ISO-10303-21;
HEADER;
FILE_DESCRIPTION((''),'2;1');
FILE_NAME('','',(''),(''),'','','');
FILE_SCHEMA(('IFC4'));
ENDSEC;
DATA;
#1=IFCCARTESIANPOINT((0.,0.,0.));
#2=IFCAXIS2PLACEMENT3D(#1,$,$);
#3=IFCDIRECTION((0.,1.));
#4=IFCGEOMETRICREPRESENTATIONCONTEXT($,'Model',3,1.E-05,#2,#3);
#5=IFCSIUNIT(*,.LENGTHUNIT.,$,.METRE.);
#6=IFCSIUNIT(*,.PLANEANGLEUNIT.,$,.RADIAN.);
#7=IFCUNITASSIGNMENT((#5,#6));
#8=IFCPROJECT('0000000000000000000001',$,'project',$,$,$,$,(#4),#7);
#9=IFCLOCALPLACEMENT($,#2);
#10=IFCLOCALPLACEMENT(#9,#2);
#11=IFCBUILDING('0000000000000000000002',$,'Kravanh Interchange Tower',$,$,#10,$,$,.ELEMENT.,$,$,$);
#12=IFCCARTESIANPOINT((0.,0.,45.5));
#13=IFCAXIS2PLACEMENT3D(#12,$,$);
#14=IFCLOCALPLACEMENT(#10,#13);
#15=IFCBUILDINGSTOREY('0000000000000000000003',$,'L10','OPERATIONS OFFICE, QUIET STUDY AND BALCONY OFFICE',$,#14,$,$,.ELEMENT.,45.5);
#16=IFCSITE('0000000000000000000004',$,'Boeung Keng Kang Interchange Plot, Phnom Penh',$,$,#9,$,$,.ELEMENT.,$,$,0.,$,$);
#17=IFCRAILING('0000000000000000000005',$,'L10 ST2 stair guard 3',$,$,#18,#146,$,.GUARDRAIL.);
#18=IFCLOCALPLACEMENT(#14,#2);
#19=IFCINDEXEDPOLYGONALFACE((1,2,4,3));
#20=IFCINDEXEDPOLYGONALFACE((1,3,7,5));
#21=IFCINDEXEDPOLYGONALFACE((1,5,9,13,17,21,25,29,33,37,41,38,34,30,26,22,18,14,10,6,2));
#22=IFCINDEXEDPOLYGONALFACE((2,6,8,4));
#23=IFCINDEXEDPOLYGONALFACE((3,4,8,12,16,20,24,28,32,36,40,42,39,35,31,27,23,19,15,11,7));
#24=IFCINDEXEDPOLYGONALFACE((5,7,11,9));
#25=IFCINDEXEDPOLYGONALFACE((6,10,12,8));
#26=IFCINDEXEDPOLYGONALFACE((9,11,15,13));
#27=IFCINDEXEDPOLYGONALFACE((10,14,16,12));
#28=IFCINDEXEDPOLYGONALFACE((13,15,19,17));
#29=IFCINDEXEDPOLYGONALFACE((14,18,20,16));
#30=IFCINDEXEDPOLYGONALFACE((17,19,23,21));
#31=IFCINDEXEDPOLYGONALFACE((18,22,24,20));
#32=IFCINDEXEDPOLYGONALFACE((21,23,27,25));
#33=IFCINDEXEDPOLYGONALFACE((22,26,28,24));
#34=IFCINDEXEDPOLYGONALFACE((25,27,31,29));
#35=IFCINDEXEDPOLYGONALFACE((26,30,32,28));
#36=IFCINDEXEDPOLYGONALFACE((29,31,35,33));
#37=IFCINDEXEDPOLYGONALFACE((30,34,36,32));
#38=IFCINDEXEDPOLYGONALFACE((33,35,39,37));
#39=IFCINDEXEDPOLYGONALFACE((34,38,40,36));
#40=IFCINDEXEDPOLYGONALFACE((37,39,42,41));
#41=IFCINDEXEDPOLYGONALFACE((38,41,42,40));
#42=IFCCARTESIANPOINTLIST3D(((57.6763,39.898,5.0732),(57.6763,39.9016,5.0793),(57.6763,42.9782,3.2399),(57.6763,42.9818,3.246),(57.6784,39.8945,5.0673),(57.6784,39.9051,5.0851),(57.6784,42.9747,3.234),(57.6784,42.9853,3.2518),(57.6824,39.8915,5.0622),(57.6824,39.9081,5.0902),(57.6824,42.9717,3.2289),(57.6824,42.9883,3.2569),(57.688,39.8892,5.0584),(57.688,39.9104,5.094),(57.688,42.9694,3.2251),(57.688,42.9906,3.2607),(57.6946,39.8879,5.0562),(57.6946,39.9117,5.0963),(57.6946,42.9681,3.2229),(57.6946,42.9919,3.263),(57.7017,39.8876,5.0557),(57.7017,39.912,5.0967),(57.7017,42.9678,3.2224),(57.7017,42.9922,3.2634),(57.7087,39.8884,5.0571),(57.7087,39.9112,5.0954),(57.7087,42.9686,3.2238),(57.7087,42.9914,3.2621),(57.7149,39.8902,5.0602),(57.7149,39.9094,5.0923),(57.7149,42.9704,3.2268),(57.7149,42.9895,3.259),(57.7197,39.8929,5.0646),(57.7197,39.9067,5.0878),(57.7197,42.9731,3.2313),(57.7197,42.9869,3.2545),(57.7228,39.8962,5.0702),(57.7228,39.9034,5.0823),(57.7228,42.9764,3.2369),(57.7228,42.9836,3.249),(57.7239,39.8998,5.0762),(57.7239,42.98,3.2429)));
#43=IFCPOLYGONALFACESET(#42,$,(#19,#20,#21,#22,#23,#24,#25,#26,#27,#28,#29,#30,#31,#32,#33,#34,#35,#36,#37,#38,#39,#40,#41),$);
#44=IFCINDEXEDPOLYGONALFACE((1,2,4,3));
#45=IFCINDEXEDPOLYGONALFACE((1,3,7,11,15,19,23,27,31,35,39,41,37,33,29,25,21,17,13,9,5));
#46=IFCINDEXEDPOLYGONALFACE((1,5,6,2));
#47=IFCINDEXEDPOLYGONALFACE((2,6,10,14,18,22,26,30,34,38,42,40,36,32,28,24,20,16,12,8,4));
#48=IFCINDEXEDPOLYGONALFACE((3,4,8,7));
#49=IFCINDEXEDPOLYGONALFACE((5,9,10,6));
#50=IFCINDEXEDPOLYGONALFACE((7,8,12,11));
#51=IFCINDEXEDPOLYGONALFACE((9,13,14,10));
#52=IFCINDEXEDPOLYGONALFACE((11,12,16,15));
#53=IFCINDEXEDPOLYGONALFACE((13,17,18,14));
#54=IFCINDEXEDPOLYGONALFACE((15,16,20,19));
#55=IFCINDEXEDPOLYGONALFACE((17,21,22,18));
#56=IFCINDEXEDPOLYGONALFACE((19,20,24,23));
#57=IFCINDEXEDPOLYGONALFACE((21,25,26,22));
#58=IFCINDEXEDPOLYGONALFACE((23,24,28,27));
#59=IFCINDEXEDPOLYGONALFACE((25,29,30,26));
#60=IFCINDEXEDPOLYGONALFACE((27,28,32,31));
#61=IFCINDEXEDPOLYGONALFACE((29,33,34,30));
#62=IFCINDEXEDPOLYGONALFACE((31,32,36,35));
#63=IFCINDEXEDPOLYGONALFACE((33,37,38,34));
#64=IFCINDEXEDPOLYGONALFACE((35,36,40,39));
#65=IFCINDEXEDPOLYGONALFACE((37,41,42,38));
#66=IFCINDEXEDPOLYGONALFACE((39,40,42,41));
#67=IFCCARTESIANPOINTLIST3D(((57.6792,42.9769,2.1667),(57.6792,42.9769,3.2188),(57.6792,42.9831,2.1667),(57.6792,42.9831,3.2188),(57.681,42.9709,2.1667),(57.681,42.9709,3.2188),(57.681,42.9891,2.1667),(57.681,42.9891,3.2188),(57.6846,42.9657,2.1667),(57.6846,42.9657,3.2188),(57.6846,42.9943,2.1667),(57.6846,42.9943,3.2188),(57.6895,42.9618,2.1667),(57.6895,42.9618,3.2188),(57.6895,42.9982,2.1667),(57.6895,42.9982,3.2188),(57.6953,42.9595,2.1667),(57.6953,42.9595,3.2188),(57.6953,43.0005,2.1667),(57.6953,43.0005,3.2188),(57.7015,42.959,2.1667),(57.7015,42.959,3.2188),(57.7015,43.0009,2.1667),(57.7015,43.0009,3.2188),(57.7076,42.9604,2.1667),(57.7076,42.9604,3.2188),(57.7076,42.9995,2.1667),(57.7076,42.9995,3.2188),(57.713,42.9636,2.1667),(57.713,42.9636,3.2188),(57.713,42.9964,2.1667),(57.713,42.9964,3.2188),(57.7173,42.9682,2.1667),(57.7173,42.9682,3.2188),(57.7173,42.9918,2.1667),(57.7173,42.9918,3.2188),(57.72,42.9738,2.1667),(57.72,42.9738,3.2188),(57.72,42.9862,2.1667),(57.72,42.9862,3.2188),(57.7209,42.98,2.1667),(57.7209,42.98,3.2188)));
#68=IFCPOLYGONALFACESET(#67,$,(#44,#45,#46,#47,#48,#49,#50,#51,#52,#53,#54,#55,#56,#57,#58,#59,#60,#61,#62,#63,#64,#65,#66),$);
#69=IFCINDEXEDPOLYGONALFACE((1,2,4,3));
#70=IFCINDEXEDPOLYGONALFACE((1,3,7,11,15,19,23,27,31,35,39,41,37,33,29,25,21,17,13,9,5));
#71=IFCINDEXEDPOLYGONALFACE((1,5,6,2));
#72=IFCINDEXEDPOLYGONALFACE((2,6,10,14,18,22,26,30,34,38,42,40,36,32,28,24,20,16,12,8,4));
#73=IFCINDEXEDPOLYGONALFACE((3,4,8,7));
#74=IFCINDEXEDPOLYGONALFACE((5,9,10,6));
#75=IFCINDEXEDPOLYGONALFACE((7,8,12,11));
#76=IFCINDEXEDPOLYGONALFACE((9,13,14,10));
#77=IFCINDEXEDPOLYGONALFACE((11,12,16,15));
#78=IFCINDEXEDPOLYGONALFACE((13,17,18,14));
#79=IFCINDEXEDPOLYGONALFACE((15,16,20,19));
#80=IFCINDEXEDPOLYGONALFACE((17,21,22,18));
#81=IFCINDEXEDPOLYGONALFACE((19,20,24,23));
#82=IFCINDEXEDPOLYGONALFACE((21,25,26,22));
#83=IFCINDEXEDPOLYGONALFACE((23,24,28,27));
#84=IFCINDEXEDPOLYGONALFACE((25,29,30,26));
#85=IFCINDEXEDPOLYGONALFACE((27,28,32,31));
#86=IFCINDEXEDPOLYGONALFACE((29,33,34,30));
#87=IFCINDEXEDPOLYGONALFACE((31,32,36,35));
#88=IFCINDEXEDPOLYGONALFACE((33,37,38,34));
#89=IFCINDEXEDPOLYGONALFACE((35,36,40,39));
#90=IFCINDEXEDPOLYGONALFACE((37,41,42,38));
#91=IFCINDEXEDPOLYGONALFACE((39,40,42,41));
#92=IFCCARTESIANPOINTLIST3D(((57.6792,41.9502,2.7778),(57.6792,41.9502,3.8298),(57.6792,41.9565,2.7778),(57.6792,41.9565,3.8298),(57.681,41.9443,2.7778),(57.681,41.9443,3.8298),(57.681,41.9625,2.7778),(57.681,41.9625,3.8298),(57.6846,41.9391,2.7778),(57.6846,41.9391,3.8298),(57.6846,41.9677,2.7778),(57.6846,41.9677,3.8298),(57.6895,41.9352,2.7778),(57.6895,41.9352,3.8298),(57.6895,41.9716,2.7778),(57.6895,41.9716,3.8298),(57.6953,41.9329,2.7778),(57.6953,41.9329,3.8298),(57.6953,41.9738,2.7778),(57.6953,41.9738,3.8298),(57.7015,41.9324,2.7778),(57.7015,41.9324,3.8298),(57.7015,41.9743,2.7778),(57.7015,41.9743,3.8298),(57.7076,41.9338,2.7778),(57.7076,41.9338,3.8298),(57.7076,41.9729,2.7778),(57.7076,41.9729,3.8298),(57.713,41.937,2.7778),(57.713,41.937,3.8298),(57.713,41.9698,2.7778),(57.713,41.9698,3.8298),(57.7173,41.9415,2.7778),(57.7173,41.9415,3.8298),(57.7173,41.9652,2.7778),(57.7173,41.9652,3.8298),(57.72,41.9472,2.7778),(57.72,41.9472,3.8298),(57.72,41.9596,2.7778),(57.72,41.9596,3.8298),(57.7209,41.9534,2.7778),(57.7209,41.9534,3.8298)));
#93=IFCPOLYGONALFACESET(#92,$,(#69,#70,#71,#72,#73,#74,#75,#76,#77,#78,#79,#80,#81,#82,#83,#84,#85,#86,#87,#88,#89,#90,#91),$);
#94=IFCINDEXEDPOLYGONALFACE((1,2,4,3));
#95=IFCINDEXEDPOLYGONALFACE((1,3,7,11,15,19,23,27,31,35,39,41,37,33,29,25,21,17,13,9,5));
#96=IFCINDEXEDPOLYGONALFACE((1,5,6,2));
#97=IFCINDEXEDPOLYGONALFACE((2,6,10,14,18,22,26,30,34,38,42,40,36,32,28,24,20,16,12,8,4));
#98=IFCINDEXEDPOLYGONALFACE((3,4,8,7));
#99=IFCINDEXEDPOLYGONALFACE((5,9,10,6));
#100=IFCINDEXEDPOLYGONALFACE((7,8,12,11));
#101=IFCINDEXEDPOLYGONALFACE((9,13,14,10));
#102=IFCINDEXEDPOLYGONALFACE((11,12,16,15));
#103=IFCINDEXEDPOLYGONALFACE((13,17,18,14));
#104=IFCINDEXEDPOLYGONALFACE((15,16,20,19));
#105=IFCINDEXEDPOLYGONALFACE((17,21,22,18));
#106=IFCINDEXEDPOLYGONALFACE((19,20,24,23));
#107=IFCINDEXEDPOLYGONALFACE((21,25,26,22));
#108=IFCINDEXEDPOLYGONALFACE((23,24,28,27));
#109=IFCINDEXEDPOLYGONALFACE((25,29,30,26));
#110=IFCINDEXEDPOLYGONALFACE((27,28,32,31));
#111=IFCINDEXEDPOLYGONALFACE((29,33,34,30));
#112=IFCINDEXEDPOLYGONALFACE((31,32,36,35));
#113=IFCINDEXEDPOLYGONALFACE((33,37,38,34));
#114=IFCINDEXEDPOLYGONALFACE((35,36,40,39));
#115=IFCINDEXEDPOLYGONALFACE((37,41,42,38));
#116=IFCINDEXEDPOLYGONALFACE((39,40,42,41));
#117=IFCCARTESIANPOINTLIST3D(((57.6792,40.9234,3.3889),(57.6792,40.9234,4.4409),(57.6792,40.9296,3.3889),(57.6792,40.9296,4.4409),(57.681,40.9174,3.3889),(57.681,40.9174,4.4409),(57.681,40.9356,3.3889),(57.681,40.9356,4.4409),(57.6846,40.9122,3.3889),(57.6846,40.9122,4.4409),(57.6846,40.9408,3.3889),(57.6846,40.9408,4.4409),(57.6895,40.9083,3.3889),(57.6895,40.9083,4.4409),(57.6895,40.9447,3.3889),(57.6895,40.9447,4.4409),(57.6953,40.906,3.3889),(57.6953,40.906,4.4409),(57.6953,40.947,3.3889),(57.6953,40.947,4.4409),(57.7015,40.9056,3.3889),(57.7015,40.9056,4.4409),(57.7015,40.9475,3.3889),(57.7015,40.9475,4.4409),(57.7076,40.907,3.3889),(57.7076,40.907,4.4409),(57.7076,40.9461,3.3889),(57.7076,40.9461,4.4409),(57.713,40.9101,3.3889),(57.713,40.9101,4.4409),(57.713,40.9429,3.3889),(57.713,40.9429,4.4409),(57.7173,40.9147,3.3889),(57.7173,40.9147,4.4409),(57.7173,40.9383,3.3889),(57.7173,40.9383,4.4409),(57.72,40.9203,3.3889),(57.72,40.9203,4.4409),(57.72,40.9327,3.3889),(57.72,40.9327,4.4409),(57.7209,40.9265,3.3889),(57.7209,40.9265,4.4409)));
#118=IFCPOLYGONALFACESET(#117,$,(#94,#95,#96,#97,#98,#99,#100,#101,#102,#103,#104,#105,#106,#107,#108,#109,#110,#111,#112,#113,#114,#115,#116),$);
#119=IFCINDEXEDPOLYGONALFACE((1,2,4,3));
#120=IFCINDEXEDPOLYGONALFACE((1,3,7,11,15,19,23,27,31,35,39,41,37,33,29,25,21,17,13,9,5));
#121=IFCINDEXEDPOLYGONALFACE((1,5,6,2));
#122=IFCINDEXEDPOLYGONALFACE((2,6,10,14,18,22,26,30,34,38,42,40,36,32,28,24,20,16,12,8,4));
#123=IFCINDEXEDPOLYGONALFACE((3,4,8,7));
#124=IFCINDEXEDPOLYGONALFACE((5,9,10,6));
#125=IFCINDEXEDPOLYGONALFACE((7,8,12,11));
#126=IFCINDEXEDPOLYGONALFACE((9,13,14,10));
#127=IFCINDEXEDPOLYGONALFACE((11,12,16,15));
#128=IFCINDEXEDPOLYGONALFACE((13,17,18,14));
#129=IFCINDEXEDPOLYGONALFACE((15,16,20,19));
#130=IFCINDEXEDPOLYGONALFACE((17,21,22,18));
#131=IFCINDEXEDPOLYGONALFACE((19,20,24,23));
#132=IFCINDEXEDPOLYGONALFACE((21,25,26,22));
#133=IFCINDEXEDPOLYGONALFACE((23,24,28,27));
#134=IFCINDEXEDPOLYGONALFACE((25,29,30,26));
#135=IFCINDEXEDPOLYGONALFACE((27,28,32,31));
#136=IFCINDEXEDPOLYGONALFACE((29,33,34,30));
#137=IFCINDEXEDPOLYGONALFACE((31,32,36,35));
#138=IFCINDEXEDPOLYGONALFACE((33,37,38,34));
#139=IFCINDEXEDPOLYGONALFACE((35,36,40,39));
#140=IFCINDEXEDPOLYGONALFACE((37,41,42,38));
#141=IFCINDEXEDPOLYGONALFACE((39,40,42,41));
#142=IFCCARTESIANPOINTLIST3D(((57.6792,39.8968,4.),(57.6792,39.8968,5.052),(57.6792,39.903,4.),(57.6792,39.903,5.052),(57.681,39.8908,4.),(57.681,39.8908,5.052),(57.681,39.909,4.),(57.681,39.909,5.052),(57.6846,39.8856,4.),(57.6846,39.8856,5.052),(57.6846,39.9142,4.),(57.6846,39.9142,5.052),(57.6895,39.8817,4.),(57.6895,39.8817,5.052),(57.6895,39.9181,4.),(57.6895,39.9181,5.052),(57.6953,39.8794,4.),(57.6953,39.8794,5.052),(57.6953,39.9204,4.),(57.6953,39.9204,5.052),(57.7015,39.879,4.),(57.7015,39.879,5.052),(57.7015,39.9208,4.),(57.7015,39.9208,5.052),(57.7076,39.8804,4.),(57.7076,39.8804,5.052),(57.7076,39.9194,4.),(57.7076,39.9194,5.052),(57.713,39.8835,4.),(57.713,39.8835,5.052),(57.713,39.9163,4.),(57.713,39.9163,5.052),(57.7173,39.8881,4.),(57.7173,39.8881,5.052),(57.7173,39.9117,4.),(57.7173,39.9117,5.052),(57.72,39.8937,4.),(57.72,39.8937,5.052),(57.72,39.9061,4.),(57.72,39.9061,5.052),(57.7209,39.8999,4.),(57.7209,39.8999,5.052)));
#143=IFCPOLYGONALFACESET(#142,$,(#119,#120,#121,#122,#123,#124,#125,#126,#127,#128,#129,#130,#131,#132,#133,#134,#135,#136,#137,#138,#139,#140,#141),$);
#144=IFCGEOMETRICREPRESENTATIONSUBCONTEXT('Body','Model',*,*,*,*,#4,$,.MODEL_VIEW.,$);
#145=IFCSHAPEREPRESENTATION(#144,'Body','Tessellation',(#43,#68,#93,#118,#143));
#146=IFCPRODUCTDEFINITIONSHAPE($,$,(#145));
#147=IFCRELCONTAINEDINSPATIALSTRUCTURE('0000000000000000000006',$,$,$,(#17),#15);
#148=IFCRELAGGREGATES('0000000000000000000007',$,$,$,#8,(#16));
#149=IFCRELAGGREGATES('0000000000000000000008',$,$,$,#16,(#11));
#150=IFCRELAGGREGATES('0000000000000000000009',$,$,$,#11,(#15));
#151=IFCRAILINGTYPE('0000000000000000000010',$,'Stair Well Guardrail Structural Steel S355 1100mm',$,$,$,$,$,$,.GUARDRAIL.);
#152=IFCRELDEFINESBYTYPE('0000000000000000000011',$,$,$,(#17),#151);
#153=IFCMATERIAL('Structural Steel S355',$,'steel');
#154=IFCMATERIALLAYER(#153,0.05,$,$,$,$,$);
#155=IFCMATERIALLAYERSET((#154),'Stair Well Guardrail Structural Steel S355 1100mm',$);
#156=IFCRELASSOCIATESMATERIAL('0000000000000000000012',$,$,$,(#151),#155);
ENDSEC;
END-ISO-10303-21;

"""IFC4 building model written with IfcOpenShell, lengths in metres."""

from ifc_helpers import new_model, si_unit, direction, frame, origin, origin_2d, place, context, subcontext, project, spatial, circle, extrude, material, layer, layer_set, type_object, element, save


model = new_model("IFC4")

# Units and contexts
model_context = context("Model", 3, precision=1e-05, world=origin(), true_north=direction((0.0, 1.0)))
body_context = subcontext(model_context, "Body", "Model", "MODEL_VIEW")
ifc_project = project(units=[si_unit("LENGTHUNIT", "METRE"), si_unit("PLANEANGLEUNIT", "RADIAN")], contexts=[model_context])

# Site, building, storey
site_placement = place(None, origin())
site = spatial("IfcSite", under=ifc_project, at=site_placement, Name="Boeung Keng Kang Interchange Plot, Phnom Penh", CompositionType="ELEMENT", RefElevation=0.0)
building_placement = place(site_placement, origin())
building = spatial("IfcBuilding", under=site, at=building_placement, Name="Kravanh Interchange Tower", CompositionType="ELEMENT")
storey_placement = place(building_placement, frame((0.0, 0.0, 45.5)))
storey = spatial("IfcBuildingStorey", under=building, at=storey_placement, Name="L10", Description="OPERATIONS OFFICE, QUIET STUDY AND BALCONY OFFICE", CompositionType="ELEMENT", Elevation=45.5)

# Railing
ifc_material_1 = material(Name="Structural Steel S355", Category="steel")
ifc_layer_1 = layer(ifc_material_1, 0.05)
ifc_layer_set_1 = layer_set([ifc_layer_1], Name="Stair Well Guardrail Structural Steel S355 1100mm")
railing_type_1 = type_object("IfcRailingType", Name="Stair Well Guardrail Structural Steel S355 1100mm", PredefinedType="GUARDRAIL", material=ifc_layer_set_1)
railing_1_placement = place(storey_placement, frame((57.7, 42.98, 2.1667)))
element("IfcRailing", 1, at=railing_1_placement, inside=storey, type_object=railing_type_1, Name="L10 ST2 stair guard 3", PredefinedType="GUARDRAIL", context=body_context, shape_type="SweptSolid", body=[
    extrude(circle(Radius=0.0239, at=origin_2d()), frame((0.0, 0.0, 1.0762), z_axis=(0.0, -0.859309, 0.511458), x_axis=(1.0, 0.0, 0.0)), (0.0, 0.0, 1.0), 3.5845),
    extrude(circle(Radius=0.021, at=origin_2d()), origin(), (0.0, 0.0, 1.0), 1.052),
    extrude(circle(Radius=0.021, at=origin_2d()), frame((0.0, -1.0266, 0.6111)), (0.0, 0.0, 1.0), 1.052),
    extrude(circle(Radius=0.021, at=origin_2d()), frame((0.0, -2.0535, 1.2222)), (0.0, 0.0, 1.0), 1.052),
    extrude(circle(Radius=0.021, at=origin_2d()), frame((0.0, -3.0801, 1.8333)), (0.0, 0.0, 1.0), 1.052),
])

save(model, "model.ifc")
